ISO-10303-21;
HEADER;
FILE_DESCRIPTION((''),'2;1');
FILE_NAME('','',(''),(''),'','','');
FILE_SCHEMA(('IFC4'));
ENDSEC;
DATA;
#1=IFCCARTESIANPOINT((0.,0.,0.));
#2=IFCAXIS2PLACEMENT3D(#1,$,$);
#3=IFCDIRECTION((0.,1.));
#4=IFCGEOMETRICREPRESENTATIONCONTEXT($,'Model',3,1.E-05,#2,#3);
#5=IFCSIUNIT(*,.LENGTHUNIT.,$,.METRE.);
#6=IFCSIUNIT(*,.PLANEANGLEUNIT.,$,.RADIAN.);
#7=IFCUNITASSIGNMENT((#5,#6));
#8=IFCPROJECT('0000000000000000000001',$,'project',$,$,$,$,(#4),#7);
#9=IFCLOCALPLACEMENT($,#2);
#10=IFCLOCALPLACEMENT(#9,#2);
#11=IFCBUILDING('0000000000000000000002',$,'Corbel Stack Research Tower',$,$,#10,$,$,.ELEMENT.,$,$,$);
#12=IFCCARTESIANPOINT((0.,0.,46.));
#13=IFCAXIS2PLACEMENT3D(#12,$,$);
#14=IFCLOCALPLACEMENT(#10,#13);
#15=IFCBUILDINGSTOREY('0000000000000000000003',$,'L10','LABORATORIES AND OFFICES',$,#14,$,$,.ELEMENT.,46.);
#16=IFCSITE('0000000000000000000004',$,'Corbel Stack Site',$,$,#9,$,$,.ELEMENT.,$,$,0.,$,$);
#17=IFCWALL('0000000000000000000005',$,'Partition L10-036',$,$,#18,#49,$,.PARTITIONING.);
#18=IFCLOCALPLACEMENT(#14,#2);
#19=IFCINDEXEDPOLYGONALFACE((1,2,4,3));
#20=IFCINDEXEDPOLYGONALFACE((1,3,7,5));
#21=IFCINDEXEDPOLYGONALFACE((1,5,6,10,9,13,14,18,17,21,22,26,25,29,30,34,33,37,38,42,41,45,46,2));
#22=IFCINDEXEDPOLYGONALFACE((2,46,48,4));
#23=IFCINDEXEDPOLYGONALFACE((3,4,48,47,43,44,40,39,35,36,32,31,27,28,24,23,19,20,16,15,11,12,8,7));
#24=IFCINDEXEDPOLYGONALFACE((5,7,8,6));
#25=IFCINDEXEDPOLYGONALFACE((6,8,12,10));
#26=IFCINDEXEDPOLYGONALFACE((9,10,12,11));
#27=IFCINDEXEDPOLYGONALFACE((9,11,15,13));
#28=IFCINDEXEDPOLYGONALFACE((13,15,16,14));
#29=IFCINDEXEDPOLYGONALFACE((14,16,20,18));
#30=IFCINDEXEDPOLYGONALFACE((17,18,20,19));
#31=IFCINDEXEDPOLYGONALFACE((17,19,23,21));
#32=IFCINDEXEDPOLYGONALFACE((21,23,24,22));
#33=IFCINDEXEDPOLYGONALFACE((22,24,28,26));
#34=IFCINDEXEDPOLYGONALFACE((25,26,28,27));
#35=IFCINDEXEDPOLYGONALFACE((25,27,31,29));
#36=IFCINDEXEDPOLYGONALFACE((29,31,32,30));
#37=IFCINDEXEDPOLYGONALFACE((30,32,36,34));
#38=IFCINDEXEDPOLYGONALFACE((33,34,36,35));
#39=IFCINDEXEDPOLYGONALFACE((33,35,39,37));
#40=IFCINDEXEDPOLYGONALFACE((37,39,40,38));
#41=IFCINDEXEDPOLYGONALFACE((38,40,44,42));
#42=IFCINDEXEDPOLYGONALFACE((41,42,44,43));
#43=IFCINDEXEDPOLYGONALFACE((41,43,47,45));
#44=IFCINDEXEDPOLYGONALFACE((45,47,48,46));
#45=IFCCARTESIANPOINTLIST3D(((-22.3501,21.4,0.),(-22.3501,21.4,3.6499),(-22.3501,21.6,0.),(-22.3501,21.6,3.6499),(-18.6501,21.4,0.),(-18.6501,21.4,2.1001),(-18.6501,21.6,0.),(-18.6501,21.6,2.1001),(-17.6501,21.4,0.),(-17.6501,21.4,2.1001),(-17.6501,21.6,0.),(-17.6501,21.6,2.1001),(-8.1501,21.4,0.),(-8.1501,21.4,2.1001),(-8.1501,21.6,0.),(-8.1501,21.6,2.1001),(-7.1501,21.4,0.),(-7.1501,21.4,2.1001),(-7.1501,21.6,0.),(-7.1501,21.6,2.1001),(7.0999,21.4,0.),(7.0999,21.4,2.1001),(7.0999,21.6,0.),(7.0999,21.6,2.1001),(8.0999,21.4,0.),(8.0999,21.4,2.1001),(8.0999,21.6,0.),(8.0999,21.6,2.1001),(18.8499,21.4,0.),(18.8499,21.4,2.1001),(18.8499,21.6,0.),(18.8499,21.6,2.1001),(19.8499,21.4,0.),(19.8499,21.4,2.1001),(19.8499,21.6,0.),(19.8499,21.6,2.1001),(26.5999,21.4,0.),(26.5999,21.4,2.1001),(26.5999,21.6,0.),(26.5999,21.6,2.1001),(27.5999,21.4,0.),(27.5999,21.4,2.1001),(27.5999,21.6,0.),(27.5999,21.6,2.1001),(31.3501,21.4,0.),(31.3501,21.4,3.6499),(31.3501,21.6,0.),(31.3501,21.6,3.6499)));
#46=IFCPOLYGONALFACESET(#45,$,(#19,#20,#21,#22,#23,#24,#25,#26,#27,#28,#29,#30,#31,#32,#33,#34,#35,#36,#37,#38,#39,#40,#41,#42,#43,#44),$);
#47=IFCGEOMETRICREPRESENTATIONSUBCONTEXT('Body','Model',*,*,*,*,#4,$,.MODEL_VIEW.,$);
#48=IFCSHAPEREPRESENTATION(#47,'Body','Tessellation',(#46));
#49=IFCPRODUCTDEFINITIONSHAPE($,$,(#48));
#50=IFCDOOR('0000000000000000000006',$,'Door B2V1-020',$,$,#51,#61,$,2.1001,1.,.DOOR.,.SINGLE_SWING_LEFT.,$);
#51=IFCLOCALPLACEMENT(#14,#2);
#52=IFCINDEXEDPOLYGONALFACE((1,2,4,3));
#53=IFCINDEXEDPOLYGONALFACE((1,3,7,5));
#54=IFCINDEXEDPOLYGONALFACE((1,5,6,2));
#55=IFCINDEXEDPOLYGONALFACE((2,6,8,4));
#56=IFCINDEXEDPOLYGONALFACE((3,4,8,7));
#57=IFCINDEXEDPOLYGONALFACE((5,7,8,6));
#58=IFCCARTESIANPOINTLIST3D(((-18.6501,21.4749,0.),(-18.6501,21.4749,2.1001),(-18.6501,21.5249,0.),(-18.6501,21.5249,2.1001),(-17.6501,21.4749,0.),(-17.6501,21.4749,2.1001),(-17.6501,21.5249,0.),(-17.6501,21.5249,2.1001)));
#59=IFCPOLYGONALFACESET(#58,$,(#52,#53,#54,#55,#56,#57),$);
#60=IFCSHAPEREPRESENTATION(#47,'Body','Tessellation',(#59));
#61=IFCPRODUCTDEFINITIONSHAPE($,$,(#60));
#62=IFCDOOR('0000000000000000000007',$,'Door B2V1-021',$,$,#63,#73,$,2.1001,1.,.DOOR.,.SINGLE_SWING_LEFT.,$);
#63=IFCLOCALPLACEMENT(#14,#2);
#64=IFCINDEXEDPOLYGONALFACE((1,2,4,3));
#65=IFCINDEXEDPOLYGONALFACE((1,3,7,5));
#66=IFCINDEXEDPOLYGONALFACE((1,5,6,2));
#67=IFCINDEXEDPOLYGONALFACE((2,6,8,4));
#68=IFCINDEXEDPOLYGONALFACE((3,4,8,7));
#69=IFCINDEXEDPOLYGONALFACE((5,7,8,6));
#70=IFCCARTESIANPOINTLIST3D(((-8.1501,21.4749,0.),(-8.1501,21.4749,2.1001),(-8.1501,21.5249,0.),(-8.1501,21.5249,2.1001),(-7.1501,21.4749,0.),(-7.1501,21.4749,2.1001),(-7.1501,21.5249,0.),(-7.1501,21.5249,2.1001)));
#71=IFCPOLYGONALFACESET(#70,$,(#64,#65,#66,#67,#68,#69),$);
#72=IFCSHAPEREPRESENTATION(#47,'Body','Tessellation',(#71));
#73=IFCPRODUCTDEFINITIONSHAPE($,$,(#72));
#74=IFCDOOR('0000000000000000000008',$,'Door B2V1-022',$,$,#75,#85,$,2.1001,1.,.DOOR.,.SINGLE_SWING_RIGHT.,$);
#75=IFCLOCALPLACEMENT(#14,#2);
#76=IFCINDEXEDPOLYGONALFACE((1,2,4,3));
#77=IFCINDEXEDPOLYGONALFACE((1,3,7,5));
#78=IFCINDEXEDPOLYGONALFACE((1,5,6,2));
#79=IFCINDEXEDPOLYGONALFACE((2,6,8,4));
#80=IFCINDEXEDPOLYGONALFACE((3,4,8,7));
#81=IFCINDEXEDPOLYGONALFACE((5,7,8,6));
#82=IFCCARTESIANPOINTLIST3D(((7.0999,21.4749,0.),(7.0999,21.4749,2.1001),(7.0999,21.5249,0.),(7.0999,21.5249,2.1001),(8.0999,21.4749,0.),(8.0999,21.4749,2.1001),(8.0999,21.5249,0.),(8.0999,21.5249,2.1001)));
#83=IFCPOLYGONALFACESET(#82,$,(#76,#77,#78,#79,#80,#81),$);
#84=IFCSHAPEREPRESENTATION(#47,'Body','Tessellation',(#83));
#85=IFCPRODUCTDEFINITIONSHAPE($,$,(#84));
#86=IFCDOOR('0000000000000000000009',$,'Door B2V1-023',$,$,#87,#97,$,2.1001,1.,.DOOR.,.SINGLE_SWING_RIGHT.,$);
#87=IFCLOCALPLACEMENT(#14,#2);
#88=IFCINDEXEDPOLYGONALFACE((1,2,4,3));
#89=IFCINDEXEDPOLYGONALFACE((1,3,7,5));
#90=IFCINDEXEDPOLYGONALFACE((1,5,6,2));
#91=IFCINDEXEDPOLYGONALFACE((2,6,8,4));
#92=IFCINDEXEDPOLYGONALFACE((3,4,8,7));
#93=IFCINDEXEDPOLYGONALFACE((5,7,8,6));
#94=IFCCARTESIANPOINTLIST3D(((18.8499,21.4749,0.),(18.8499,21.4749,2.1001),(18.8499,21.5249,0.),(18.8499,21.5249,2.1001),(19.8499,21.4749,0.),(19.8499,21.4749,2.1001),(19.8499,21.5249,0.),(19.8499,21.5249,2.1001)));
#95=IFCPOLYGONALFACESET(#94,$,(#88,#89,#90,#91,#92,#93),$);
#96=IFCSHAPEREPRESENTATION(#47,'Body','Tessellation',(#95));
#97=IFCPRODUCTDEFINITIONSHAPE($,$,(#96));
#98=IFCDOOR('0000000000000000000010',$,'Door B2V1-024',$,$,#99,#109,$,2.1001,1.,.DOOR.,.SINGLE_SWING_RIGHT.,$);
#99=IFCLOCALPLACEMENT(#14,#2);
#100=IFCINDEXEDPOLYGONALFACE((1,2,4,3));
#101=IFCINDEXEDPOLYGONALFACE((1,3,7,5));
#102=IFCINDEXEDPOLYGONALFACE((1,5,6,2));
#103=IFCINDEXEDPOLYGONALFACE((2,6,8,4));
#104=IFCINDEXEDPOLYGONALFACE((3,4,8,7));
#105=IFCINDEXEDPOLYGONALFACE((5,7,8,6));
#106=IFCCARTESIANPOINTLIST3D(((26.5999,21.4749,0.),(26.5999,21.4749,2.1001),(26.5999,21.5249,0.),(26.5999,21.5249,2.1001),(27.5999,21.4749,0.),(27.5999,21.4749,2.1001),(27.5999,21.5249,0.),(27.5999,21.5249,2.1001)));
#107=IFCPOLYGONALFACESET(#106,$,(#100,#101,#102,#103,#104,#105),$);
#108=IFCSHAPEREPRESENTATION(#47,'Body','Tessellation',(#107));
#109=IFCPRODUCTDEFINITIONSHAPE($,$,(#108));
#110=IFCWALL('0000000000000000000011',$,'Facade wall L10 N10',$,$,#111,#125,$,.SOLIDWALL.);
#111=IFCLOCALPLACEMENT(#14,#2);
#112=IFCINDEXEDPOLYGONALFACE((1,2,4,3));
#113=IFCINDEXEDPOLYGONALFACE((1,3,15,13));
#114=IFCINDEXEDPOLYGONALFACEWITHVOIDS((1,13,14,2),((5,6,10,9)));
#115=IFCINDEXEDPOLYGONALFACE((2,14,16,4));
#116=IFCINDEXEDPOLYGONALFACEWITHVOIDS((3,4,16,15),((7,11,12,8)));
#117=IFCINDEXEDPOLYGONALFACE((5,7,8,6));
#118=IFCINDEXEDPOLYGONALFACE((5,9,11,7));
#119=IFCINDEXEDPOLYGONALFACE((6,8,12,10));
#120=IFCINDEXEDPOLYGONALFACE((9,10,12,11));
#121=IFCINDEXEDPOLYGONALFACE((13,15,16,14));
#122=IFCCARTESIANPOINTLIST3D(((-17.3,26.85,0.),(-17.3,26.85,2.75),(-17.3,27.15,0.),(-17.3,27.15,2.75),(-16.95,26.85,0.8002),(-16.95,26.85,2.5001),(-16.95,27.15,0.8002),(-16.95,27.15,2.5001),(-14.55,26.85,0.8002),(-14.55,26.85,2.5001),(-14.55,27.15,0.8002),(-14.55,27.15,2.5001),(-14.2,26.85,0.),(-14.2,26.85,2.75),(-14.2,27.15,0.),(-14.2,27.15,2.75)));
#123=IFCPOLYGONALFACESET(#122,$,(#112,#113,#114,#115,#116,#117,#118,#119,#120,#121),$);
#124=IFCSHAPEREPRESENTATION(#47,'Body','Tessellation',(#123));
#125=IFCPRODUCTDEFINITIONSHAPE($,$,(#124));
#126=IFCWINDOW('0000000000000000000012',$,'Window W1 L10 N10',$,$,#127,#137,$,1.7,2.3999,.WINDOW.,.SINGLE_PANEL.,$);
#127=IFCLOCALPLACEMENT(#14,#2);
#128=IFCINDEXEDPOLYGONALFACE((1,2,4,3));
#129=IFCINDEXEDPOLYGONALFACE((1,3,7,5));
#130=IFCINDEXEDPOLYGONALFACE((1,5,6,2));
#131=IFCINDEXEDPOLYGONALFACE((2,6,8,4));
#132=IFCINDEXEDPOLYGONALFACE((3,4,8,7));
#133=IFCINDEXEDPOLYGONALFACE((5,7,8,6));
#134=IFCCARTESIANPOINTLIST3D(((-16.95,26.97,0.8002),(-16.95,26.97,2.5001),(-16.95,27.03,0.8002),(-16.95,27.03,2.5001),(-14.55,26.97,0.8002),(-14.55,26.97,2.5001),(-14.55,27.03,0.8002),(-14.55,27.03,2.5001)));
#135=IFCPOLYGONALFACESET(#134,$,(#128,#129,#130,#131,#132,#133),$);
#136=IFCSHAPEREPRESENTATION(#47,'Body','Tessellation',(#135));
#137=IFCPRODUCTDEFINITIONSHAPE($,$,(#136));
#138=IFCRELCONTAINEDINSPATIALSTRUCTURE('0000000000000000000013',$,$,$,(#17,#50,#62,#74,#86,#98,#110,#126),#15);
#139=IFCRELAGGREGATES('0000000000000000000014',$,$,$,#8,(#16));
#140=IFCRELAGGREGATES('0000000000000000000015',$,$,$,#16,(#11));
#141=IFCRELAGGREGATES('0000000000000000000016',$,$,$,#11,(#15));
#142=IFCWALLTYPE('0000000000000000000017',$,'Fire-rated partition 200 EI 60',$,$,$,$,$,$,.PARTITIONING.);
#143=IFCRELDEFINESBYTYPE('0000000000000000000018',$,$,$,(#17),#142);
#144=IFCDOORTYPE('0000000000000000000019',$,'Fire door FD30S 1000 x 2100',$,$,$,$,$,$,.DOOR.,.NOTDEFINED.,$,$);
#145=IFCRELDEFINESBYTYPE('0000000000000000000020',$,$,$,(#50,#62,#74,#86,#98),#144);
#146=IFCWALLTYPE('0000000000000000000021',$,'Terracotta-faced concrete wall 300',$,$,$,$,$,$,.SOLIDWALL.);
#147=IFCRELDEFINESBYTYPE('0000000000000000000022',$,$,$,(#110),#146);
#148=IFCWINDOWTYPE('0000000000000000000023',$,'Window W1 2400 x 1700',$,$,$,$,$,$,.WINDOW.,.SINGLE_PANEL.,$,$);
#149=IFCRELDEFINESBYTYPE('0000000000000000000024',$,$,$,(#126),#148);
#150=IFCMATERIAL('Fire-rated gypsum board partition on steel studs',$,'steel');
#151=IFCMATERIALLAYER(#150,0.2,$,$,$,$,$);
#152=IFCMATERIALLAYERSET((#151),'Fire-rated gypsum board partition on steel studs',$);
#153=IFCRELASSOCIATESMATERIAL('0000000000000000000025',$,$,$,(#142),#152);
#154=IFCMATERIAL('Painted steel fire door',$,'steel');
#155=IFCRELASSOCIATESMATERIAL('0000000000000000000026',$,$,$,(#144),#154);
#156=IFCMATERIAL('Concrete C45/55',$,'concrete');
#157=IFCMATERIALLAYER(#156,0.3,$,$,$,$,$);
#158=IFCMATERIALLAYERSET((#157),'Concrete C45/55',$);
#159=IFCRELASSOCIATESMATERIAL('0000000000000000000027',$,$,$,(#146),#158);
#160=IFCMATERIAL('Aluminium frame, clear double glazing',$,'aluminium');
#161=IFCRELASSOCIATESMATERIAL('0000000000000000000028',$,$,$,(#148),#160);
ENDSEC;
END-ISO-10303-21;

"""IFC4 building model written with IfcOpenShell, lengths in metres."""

from ifc_helpers import new_model, si_unit, direction, frame, frame_2d, origin, place, context, subcontext, project, spatial, rectangle, extrude, material, layer, layer_set, type_object, element, fill, save


model = new_model("IFC4")

# Units and contexts
model_context = context("Model", 3, precision=1e-05, world=origin(), true_north=direction((0.0, 1.0)))
body_context = subcontext(model_context, "Body", "Model", "MODEL_VIEW")
ifc_project = project(units=[si_unit("LENGTHUNIT", "METRE"), si_unit("PLANEANGLEUNIT", "RADIAN")], contexts=[model_context])

# Site, building, storey
site_placement = place(None, origin())
site = spatial("IfcSite", under=ifc_project, at=site_placement, Name="Corbel Stack Site", CompositionType="ELEMENT", RefElevation=0.0)
building_placement = place(site_placement, origin())
building = spatial("IfcBuilding", under=site, at=building_placement, Name="Corbel Stack Research Tower", CompositionType="ELEMENT")
storey_placement = place(building_placement, frame((0.0, 0.0, 46.0)))
storey = spatial("IfcBuildingStorey", under=building, at=storey_placement, Name="L10", Description="LABORATORIES AND OFFICES", CompositionType="ELEMENT", Elevation=46.0)

# Shared definitions
ifc_material_1 = material(Name="Fire-rated gypsum board partition on steel studs", Category="steel")
ifc_layer_1 = layer(ifc_material_1, 0.2)
ifc_layer_set_1 = layer_set([ifc_layer_1], Name="Fire-rated gypsum board partition on steel studs")
wall_type_1 = type_object("IfcWallType", Name="Fire-rated partition 200 EI 60", PredefinedType="PARTITIONING", material=ifc_layer_set_1)

# Shared definitions
ifc_material_2 = material(Name="Painted steel fire door", Category="steel")
door_type_1 = type_object("IfcDoorType", Name="Fire door FD30S 1000 x 2100", OperationType="NOTDEFINED", PredefinedType="DOOR", material=ifc_material_2)

# Wall, openings, doors
wall_1_placement = place(storey_placement, frame((-22.3501, 21.5, 0.0), z_axis=(0.0, 0.0, 1.0), x_axis=(1.0, 0.0, 0.0)))
wall_1 = element("IfcWall", 1, at=wall_1_placement, inside=storey, type_object=wall_type_1, Name="Partition L10-036", PredefinedType="PARTITIONING", context=body_context, shape_type="SweptSolid", body=[
    extrude(rectangle(XDim=53.7002, YDim=0.2, at=frame_2d((26.8501, 0.0))), origin(), (0.0, 0.0, 1.0), 3.6499),
])
opening_1_placement = place(wall_1_placement, frame((3.7, 0.0, 0.0)))
opening_1 = element("IfcOpeningElement", 2, at=opening_1_placement, cuts=wall_1, PredefinedType="OPENING", context=body_context, shape_type="SweptSolid", body=[
    extrude(rectangle(XDim=1.0, YDim=2.1001, at=frame_2d((0.5, 1.05))), frame((0.0, 0.1099, 0.0), z_axis=(0.0, -1.0, 0.0), x_axis=(1.0, 0.0, 0.0)), (0.0, 0.0, 1.0), 0.22),
])
opening_2_placement = place(wall_1_placement, frame((14.2, 0.0, 0.0)))
opening_2 = element("IfcOpeningElement", 3, at=opening_2_placement, cuts=wall_1, PredefinedType="OPENING", context=body_context, shape_type="SweptSolid", body=[
    extrude(rectangle(XDim=1.0, YDim=2.1001, at=frame_2d((0.5, 1.05))), frame((0.0, 0.1099, 0.0), z_axis=(0.0, -1.0, 0.0), x_axis=(1.0, 0.0, 0.0)), (0.0, 0.0, 1.0), 0.22),
])
opening_3_placement = place(wall_1_placement, frame((29.45, 0.0, 0.0)))
opening_3 = element("IfcOpeningElement", 4, at=opening_3_placement, cuts=wall_1, PredefinedType="OPENING", context=body_context, shape_type="SweptSolid", body=[
    extrude(rectangle(XDim=1.0, YDim=2.1001, at=frame_2d((0.5, 1.05))), frame((0.0, 0.1099, 0.0), z_axis=(0.0, -1.0, 0.0), x_axis=(1.0, 0.0, 0.0)), (0.0, 0.0, 1.0), 0.22),
])
opening_4_placement = place(wall_1_placement, frame((41.2, 0.0, 0.0)))
opening_4 = element("IfcOpeningElement", 5, at=opening_4_placement, cuts=wall_1, PredefinedType="OPENING", context=body_context, shape_type="SweptSolid", body=[
    extrude(rectangle(XDim=1.0, YDim=2.1001, at=frame_2d((0.5, 1.05))), frame((0.0, 0.1099, 0.0), z_axis=(0.0, -1.0, 0.0), x_axis=(1.0, 0.0, 0.0)), (0.0, 0.0, 1.0), 0.22),
])
opening_5_placement = place(wall_1_placement, frame((48.95, 0.0, 0.0)))
opening_5 = element("IfcOpeningElement", 6, at=opening_5_placement, cuts=wall_1, PredefinedType="OPENING", context=body_context, shape_type="SweptSolid", body=[
    extrude(rectangle(XDim=1.0, YDim=2.1001, at=frame_2d((0.5, 1.05))), frame((0.0, 0.1099, 0.0), z_axis=(0.0, -1.0, 0.0), x_axis=(1.0, 0.0, 0.0)), (0.0, 0.0, 1.0), 0.22),
])
door_1_placement = place(opening_1_placement, origin())
door_1 = element("IfcDoor", 7, at=door_1_placement, inside=storey, type_object=door_type_1, Name="Door B2V1-020", OperationType="SINGLE_SWING_LEFT", OverallHeight=2.1001, OverallWidth=1.0, PredefinedType="DOOR", context=body_context, shape_type="SweptSolid", body=[
    extrude(rectangle(XDim=1.0, YDim=2.1001, at=frame_2d((0.5, 1.05))), frame((0.0, 0.0249, 0.0), z_axis=(0.0, -1.0, 0.0), x_axis=(1.0, 0.0, 0.0)), (0.0, 0.0, 1.0), 0.05),
])
fill(opening_1, door_1)
door_2_placement = place(opening_2_placement, origin())
door_2 = element("IfcDoor", 8, at=door_2_placement, inside=storey, type_object=door_type_1, Name="Door B2V1-021", OperationType="SINGLE_SWING_LEFT", OverallHeight=2.1001, OverallWidth=1.0, PredefinedType="DOOR", context=body_context, shape_type="SweptSolid", body=[
    extrude(rectangle(XDim=1.0, YDim=2.1001, at=frame_2d((0.5, 1.05))), frame((0.0, 0.0249, 0.0), z_axis=(0.0, -1.0, 0.0), x_axis=(1.0, 0.0, 0.0)), (0.0, 0.0, 1.0), 0.05),
])
fill(opening_2, door_2)
door_3_placement = place(opening_3_placement, origin())
door_3 = element("IfcDoor", 9, at=door_3_placement, inside=storey, type_object=door_type_1, Name="Door B2V1-022", OperationType="SINGLE_SWING_RIGHT", OverallHeight=2.1001, OverallWidth=1.0, PredefinedType="DOOR", context=body_context, shape_type="SweptSolid", body=[
    extrude(rectangle(XDim=1.0, YDim=2.1001, at=frame_2d((0.5, 1.05))), frame((0.0, 0.0249, 0.0), z_axis=(0.0, -1.0, 0.0), x_axis=(1.0, 0.0, 0.0)), (0.0, 0.0, 1.0), 0.05),
])
fill(opening_3, door_3)
door_4_placement = place(opening_4_placement, origin())
door_4 = element("IfcDoor", 10, at=door_4_placement, inside=storey, type_object=door_type_1, Name="Door B2V1-023", OperationType="SINGLE_SWING_RIGHT", OverallHeight=2.1001, OverallWidth=1.0, PredefinedType="DOOR", context=body_context, shape_type="SweptSolid", body=[
    extrude(rectangle(XDim=1.0, YDim=2.1001, at=frame_2d((0.5, 1.05))), frame((0.0, 0.0249, 0.0), z_axis=(0.0, -1.0, 0.0), x_axis=(1.0, 0.0, 0.0)), (0.0, 0.0, 1.0), 0.05),
])
fill(opening_4, door_4)
door_5_placement = place(opening_5_placement, origin())
door_5 = element("IfcDoor", 11, at=door_5_placement, inside=storey, type_object=door_type_1, Name="Door B2V1-024", OperationType="SINGLE_SWING_RIGHT", OverallHeight=2.1001, OverallWidth=1.0, PredefinedType="DOOR", context=body_context, shape_type="SweptSolid", body=[
    extrude(rectangle(XDim=1.0, YDim=2.1001, at=frame_2d((0.5, 1.05))), frame((0.0, 0.0249, 0.0), z_axis=(0.0, -1.0, 0.0), x_axis=(1.0, 0.0, 0.0)), (0.0, 0.0, 1.0), 0.05),
])
fill(opening_5, door_5)

# Wall, opening, window
ifc_material_3 = material(Name="Concrete C45/55", Category="concrete")
ifc_layer_2 = layer(ifc_material_3, 0.3)
ifc_layer_set_2 = layer_set([ifc_layer_2], Name="Concrete C45/55")
wall_type_2 = type_object("IfcWallType", Name="Terracotta-faced concrete wall 300", PredefinedType="SOLIDWALL", material=ifc_layer_set_2)
wall_2_placement = place(storey_placement, frame((-17.3, 27.0, 0.0), z_axis=(0.0, 0.0, 1.0), x_axis=(1.0, 0.0, 0.0)))
wall_2 = element("IfcWall", 12, at=wall_2_placement, inside=storey, type_object=wall_type_2, Name="Facade wall L10 N10", PredefinedType="SOLIDWALL", context=body_context, shape_type="SweptSolid", body=[
    extrude(rectangle(XDim=3.1001, YDim=0.3, at=frame_2d((1.55, 0.0))), origin(), (0.0, 0.0, 1.0), 2.75),
])
opening_6_placement = place(wall_2_placement, frame((0.3501, 0.0, 0.8)))
opening_6 = element("IfcOpeningElement", 13, at=opening_6_placement, cuts=wall_2, PredefinedType="OPENING", context=body_context, shape_type="SweptSolid", body=[
    extrude(rectangle(XDim=2.3999, YDim=1.7, at=frame_2d((1.2, 0.8501))), frame((0.0, 0.1599, 0.0), z_axis=(0.0, -1.0, 0.0), x_axis=(1.0, 0.0, 0.0)), (0.0, 0.0, 1.0), 0.3201),
])
ifc_material_4 = material(Name="Aluminium frame, clear double glazing", Category="aluminium")
window_type = type_object("IfcWindowType", Name="Window W1 2400 x 1700", PartitioningType="SINGLE_PANEL", PredefinedType="WINDOW", material=ifc_material_4)
window_1_placement = place(opening_6_placement, origin())
window_1 = element("IfcWindow", 14, at=window_1_placement, inside=storey, type_object=window_type, Name="Window W1 L10 N10", OverallHeight=1.7, OverallWidth=2.3999, PartitioningType="SINGLE_PANEL", PredefinedType="WINDOW", context=body_context, shape_type="SweptSolid", body=[
    extrude(rectangle(XDim=2.3999, YDim=1.7, at=frame_2d((1.2, 0.8501))), frame((0.0, 0.03, 0.0), z_axis=(0.0, -1.0, 0.0), x_axis=(1.0, 0.0, 0.0)), (0.0, 0.0, 1.0), 0.0601),
])
fill(opening_6, window_1)

save(model, "model.ifc")
